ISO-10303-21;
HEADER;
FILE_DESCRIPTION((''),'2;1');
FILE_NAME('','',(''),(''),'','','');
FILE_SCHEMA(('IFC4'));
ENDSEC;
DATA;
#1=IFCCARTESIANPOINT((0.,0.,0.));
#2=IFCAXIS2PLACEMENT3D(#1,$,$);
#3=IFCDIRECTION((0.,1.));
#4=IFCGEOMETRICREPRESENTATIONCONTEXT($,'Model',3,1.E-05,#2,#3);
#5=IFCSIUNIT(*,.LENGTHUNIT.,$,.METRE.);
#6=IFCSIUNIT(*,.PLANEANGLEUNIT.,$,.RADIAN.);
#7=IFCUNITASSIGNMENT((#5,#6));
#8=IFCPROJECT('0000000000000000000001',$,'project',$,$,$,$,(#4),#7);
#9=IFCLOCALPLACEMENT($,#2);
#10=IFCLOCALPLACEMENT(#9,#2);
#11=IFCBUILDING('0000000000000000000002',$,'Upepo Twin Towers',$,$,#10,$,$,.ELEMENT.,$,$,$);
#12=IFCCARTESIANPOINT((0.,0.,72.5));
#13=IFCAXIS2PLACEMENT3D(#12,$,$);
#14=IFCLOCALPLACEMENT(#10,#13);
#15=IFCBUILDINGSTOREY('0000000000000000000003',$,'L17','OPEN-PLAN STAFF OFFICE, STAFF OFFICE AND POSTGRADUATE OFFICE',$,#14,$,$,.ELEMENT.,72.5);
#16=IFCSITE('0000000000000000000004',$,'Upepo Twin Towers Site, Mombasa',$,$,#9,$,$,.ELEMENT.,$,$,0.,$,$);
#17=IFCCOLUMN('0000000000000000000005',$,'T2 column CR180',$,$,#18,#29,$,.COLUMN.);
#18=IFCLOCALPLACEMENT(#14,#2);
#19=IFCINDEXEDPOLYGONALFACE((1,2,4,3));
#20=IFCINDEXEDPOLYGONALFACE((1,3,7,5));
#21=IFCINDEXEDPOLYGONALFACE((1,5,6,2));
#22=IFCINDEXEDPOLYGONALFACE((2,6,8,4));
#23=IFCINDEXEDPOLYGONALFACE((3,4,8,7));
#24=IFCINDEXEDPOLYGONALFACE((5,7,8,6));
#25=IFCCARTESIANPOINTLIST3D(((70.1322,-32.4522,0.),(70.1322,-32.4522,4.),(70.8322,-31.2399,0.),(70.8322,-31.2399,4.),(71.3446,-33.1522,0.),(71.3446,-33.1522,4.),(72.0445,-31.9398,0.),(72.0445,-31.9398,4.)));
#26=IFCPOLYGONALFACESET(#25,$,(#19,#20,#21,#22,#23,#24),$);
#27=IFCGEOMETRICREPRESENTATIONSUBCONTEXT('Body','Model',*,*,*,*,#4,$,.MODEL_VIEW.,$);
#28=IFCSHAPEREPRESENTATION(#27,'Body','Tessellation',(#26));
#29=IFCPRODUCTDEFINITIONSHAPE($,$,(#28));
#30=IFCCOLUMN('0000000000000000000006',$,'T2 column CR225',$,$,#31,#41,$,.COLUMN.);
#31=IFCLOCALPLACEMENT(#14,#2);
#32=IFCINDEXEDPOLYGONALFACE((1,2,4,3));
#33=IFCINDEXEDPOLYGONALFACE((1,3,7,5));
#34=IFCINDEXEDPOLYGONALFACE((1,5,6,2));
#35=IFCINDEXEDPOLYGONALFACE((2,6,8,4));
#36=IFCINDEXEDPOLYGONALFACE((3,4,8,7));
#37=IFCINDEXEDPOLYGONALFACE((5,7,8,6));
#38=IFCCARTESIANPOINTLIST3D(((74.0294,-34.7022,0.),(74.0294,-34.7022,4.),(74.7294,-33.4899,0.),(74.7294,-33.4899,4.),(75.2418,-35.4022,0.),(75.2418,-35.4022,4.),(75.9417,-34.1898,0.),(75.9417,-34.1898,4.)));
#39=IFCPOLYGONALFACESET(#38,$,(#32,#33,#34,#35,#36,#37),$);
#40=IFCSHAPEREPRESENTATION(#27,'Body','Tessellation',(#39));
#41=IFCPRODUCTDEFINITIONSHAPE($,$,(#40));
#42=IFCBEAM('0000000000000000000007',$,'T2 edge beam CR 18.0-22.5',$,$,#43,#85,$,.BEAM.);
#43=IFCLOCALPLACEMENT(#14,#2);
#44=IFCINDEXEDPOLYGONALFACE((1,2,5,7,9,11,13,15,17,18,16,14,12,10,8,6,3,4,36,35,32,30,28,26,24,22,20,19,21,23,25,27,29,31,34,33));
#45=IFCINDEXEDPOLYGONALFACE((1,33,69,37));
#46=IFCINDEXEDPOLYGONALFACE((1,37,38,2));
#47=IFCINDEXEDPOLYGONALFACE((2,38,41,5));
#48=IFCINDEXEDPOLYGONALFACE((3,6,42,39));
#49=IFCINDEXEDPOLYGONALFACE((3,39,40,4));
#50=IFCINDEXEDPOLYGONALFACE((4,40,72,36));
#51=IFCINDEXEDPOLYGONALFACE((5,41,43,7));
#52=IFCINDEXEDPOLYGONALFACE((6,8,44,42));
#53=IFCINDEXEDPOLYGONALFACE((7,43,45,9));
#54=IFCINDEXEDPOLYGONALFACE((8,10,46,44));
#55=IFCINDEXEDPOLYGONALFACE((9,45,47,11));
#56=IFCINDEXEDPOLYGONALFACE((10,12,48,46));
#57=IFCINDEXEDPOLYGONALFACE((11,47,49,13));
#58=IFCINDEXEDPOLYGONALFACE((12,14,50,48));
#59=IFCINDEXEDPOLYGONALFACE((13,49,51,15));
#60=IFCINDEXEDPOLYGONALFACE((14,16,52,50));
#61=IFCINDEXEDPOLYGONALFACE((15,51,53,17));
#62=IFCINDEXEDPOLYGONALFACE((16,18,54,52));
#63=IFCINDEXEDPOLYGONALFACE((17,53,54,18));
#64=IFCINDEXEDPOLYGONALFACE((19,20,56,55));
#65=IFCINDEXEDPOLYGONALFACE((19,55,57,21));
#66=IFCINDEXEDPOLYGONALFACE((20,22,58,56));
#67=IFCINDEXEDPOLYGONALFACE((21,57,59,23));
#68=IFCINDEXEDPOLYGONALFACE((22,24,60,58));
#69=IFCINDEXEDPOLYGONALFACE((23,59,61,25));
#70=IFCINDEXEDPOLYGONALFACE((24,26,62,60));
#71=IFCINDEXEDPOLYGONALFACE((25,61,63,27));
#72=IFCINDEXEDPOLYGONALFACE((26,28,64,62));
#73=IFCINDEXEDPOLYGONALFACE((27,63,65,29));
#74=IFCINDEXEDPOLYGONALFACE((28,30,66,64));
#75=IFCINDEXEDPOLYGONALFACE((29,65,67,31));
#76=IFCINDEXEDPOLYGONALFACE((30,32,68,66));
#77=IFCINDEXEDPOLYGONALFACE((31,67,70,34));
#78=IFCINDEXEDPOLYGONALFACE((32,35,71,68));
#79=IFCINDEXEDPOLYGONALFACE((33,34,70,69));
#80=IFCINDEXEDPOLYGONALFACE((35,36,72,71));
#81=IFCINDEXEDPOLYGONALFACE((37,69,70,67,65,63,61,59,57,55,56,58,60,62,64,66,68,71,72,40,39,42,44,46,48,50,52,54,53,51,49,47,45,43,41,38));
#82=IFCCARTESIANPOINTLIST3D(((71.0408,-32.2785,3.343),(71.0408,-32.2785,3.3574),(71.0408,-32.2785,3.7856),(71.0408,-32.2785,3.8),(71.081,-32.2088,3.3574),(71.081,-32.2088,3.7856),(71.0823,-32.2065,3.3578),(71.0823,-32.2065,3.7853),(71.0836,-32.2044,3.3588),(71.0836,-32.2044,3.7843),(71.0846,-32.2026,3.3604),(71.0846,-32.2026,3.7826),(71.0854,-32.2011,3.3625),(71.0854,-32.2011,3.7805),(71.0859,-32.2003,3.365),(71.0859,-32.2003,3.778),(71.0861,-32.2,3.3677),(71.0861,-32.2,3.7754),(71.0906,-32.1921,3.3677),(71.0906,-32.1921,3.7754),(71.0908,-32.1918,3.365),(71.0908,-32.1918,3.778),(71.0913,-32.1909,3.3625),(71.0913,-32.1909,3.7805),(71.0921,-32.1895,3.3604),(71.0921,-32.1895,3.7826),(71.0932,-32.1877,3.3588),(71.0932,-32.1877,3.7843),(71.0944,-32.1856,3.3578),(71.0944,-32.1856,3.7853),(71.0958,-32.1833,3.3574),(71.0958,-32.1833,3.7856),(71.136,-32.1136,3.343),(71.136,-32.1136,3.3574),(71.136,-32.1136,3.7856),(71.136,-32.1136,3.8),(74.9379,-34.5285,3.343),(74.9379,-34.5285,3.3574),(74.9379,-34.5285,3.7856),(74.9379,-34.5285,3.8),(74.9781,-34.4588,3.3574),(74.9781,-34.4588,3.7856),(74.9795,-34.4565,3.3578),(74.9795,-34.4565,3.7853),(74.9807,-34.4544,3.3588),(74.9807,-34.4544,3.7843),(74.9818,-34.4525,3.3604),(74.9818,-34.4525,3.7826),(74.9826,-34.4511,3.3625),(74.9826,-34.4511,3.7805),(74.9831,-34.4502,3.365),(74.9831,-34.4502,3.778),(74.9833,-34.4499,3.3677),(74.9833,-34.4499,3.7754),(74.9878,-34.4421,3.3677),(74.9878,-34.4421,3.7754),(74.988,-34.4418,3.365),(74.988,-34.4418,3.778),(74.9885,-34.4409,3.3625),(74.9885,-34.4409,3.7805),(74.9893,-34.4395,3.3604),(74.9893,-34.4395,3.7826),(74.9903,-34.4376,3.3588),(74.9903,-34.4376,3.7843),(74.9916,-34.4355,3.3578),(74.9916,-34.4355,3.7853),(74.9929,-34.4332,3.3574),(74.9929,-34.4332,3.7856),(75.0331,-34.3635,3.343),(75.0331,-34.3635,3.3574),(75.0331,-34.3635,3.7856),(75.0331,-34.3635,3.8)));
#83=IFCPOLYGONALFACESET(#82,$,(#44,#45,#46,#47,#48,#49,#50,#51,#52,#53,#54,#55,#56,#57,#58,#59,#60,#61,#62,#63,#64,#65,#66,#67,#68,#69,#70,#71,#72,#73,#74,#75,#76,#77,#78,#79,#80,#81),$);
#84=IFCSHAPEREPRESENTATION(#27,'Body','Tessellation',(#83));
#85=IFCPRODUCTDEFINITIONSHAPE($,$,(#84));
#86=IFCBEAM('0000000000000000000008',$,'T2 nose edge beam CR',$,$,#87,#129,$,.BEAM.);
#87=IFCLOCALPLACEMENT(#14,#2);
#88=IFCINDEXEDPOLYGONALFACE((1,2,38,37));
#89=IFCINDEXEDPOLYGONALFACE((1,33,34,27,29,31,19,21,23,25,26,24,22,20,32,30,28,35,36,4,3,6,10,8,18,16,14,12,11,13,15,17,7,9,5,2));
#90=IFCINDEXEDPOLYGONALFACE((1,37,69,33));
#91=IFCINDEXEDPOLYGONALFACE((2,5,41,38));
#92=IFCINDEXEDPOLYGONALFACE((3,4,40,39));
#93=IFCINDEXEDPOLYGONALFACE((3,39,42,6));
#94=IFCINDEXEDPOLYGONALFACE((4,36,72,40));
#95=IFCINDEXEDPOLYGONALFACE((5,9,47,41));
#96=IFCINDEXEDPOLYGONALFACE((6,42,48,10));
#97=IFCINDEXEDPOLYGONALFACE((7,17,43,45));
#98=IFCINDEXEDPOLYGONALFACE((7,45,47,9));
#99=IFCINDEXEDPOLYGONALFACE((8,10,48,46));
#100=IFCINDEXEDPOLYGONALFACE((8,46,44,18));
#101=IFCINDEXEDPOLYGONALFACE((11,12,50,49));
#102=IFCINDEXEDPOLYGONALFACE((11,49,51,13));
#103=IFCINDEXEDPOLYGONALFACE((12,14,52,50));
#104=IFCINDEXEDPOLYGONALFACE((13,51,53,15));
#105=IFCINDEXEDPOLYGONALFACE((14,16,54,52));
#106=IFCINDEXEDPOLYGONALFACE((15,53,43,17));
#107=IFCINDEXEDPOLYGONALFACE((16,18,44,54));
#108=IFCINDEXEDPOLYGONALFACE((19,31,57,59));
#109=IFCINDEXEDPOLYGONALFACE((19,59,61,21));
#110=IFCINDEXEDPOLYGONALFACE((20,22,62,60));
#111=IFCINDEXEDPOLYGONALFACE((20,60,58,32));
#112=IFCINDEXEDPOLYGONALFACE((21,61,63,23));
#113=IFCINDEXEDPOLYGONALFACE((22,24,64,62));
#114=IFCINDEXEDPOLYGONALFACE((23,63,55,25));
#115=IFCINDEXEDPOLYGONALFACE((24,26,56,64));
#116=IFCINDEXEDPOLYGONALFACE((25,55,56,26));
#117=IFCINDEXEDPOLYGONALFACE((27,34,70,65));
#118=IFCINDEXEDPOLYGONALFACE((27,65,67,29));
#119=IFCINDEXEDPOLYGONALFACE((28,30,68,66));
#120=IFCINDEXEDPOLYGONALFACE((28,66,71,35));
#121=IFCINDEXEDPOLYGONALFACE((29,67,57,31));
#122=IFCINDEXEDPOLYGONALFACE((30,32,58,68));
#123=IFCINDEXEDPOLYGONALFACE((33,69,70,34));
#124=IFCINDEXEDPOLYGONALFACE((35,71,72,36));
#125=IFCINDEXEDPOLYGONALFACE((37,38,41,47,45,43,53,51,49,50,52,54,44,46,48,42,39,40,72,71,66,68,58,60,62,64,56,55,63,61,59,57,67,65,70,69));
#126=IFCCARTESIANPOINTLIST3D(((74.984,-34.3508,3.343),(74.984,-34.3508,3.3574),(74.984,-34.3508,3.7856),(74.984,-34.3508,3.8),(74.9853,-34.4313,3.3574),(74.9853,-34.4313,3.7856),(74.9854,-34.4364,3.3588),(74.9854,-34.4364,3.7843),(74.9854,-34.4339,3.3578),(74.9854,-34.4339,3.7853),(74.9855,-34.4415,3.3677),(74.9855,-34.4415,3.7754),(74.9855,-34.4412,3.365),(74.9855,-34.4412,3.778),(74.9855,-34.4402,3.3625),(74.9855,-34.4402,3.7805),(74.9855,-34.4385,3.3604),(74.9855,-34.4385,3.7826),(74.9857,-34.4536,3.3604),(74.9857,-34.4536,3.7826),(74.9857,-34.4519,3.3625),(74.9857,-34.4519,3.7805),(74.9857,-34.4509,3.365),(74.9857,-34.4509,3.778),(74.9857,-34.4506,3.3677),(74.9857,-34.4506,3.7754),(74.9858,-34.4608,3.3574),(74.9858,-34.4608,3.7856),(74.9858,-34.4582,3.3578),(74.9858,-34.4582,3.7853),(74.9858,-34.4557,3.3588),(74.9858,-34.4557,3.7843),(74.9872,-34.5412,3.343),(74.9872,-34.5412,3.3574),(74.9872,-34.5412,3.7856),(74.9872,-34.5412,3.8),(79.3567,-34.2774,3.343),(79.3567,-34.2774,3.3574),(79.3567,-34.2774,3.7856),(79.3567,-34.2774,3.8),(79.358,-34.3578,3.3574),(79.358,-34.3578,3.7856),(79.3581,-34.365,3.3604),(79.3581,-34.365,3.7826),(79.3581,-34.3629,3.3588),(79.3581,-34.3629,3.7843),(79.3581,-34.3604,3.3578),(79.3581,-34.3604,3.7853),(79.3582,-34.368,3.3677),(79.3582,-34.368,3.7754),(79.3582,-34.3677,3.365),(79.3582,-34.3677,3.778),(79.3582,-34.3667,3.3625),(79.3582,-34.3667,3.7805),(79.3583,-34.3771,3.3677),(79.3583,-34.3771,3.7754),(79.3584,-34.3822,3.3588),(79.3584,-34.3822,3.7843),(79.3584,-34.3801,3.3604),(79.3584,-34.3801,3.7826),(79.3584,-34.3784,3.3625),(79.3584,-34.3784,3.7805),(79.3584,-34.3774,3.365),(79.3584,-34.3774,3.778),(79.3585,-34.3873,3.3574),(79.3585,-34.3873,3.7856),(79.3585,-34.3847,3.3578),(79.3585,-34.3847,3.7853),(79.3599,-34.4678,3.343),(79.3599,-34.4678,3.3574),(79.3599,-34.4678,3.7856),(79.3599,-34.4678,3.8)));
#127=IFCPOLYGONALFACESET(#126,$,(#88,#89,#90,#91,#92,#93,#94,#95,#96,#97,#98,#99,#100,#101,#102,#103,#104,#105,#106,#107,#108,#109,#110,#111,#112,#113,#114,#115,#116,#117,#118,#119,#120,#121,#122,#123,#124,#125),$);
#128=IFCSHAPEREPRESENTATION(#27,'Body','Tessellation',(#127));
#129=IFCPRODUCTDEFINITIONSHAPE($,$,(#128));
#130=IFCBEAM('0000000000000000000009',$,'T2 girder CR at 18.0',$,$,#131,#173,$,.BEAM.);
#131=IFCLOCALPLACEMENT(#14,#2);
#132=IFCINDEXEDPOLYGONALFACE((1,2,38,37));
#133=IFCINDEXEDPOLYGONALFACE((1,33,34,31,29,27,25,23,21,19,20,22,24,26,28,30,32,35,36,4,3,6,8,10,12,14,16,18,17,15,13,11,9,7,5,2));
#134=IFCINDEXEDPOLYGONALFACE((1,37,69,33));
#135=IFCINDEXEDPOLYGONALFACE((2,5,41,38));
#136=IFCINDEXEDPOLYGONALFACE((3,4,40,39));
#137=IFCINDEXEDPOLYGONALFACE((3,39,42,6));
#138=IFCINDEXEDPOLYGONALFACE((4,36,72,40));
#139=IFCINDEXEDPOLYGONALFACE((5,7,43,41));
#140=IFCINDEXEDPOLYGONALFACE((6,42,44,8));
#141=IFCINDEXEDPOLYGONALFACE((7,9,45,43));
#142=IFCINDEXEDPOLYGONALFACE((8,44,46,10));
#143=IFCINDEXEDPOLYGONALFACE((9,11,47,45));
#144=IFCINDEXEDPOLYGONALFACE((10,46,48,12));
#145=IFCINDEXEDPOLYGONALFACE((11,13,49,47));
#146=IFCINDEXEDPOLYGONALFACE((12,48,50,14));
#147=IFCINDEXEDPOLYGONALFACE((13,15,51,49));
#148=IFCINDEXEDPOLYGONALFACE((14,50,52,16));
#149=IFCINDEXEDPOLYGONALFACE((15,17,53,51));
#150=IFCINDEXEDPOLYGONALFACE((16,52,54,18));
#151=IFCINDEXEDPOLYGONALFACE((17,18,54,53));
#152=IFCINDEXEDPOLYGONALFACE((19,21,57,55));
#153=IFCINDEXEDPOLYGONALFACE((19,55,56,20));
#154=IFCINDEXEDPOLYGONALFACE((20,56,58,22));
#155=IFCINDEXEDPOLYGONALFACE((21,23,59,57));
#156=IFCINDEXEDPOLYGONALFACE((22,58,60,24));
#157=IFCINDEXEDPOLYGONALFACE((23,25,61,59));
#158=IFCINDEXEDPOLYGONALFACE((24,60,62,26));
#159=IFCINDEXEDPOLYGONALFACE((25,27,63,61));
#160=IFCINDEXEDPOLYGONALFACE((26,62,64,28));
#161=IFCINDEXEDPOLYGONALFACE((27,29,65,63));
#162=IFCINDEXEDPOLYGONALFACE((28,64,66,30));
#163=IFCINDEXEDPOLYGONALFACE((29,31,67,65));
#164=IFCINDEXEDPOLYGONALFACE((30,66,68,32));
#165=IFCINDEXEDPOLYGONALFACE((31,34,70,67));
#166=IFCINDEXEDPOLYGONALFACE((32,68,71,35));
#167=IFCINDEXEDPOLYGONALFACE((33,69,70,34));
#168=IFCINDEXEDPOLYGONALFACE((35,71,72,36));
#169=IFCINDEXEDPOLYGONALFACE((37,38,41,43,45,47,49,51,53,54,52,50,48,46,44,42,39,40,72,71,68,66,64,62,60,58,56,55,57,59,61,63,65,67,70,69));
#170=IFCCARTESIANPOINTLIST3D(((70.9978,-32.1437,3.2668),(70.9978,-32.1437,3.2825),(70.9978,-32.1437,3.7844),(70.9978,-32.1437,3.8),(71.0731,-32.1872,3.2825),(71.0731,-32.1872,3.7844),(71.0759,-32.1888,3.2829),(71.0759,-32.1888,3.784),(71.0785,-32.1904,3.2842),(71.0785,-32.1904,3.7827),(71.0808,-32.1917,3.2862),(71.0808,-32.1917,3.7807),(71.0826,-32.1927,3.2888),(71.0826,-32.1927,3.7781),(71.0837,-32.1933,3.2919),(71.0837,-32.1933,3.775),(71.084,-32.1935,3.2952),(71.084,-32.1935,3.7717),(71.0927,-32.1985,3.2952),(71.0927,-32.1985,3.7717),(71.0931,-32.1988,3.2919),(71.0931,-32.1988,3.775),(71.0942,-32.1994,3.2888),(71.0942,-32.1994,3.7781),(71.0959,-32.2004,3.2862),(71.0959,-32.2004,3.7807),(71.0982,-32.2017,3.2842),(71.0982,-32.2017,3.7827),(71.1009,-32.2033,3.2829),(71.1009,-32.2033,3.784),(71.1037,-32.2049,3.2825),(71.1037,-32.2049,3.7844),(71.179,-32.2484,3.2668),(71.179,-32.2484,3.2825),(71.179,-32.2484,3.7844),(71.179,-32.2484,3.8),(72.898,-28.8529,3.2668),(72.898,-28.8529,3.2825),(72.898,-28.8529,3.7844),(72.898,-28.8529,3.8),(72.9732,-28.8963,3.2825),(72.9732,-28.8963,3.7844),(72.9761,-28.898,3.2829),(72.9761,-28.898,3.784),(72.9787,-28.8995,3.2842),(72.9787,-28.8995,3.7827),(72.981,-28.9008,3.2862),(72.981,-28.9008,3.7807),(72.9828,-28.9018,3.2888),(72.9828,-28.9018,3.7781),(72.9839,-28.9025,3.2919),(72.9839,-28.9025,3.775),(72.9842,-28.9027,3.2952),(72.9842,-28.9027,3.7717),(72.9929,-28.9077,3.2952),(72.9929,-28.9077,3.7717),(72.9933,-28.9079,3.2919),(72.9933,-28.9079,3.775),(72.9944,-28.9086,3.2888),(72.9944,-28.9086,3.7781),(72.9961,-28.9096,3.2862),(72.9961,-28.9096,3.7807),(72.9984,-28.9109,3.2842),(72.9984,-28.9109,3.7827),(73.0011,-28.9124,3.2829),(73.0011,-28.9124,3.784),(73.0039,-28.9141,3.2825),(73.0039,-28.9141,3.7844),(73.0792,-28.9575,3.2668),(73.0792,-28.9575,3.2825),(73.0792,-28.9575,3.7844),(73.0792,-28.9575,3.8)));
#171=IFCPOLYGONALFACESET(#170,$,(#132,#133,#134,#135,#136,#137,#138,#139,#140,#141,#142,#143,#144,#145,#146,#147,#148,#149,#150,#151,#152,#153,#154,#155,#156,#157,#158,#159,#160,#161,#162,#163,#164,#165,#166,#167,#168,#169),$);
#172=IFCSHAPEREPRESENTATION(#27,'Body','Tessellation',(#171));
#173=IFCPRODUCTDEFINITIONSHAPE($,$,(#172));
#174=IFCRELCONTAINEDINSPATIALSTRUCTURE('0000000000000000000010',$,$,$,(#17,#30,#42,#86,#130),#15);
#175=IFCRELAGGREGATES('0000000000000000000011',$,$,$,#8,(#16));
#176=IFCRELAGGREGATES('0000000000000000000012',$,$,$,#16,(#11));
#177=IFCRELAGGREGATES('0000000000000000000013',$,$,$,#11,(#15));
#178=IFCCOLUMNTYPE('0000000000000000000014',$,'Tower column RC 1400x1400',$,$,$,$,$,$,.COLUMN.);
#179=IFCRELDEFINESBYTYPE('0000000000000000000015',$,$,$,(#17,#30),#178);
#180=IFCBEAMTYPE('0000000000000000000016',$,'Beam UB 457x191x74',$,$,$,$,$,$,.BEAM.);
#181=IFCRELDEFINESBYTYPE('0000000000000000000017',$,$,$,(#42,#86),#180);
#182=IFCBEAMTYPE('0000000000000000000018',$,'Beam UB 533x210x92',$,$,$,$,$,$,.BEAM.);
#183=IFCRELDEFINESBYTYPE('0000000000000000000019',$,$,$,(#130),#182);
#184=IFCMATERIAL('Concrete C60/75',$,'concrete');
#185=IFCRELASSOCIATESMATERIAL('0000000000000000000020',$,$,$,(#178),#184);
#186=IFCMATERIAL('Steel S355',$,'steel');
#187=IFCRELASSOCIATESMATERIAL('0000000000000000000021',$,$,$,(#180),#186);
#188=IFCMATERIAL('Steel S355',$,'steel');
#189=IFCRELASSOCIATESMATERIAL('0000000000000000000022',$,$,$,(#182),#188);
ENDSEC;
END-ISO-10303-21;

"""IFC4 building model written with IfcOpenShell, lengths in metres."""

from ifc_helpers import new_model, si_unit, direction, frame, origin, origin_2d, place, context, subcontext, project, spatial, rectangle, i_section, extrude, material, material_profile, profile_set, type_object, element, save


model = new_model("IFC4")

# Units and contexts
model_context = context("Model", 3, precision=1e-05, world=origin(), true_north=direction((0.0, 1.0)))
body_context = subcontext(model_context, "Body", "Model", "MODEL_VIEW")
ifc_project = project(units=[si_unit("LENGTHUNIT", "METRE"), si_unit("PLANEANGLEUNIT", "RADIAN")], contexts=[model_context])

# Site, building, storey
site_placement = place(None, origin())
site = spatial("IfcSite", under=ifc_project, at=site_placement, Name="Upepo Twin Towers Site, Mombasa", CompositionType="ELEMENT", RefElevation=0.0)
building_placement = place(site_placement, origin())
building = spatial("IfcBuilding", under=site, at=building_placement, Name="Upepo Twin Towers", CompositionType="ELEMENT")
storey_placement = place(building_placement, frame((0.0, 0.0, 72.5)))
storey = spatial("IfcBuildingStorey", under=building, at=storey_placement, Name="L17", Description="OPEN-PLAN STAFF OFFICE, STAFF OFFICE AND POSTGRADUATE OFFICE", CompositionType="ELEMENT", Elevation=72.5)

# Columns
ifc_material_1 = material(Name="Concrete C60/75", Category="concrete")
ifc_material_profile_1 = material_profile(ifc_material_1, rectangle(XDim=1.3999, YDim=1.3999, at=origin_2d()), Name="RC 1400x1400")
ifc_profile_set_1 = profile_set([ifc_material_profile_1], Name="Concrete C60/75")
column_type = type_object("IfcColumnType", Name="Tower column RC 1400x1400", PredefinedType="COLUMN", material=ifc_profile_set_1)
for number, where, z_axis, x_axis, name in (
    (1, (71.0884, -32.196, 0.0), (0.0, 0.0, 1.0), (0.5, 0.866025, 0.0), "T2 column CR180"),
    (2, (74.9856, -34.446, 0.0), (0.0, 0.0, 1.0), (0.5, 0.866025, 0.0), "T2 column CR225"),
):
    element("IfcColumn", number, at=place(storey_placement, frame(where, z_axis=z_axis, x_axis=x_axis)), inside=storey, type_object=column_type, Name=name, PredefinedType="COLUMN", context=body_context, shape_type="SweptSolid", body=[
        extrude(rectangle(XDim=1.3999, YDim=1.3999, at=origin_2d()), origin(), (0.0, 0.0, 1.0), 4.0),
    ])

# Beams
ifc_material_2 = material(Name="Steel S355", Category="steel")
ifc_material_profile_2 = material_profile(ifc_material_2, i_section(OverallWidth=0.1904, OverallDepth=0.457, WebThickness=0.009, FlangeThickness=0.0144, FilletRadius=0.0103, at=origin_2d()), Name="UB 457x191x74")
ifc_profile_set_2 = profile_set([ifc_material_profile_2], Name="Steel S355")
beam_type_1 = type_object("IfcBeamType", Name="Beam UB 457x191x74", PredefinedType="BEAM", material=ifc_profile_set_2)
beam_1_placement = place(storey_placement, frame((71.0884, -32.196, 3.5715), z_axis=(0.866031, -0.49999, 0.0), x_axis=(0.49999, 0.866031, 0.0)))
element("IfcBeam", 3, at=beam_1_placement, inside=storey, type_object=beam_type_1, Name="T2 edge beam CR 18.0-22.5", PredefinedType="BEAM", context=body_context, shape_type="SweptSolid", body=[
    extrude(i_section(OverallWidth=0.1904, OverallDepth=0.457, WebThickness=0.009, FlangeThickness=0.0144, FilletRadius=0.0103, at=origin_2d()), origin(), (0.0, 0.0, 1.0), 4.5),
])
beam_2_placement = place(storey_placement, frame((74.9856, -34.446, 3.5715), z_axis=(0.999859, 0.016804, 0.0), x_axis=(-0.016804, 0.999859, 0.0)))
element("IfcBeam", 4, at=beam_2_placement, inside=storey, type_object=beam_type_1, Name="T2 nose edge beam CR", PredefinedType="BEAM", context=body_context, shape_type="SweptSolid", body=[
    extrude(i_section(OverallWidth=0.1904, OverallDepth=0.457, WebThickness=0.009, FlangeThickness=0.0144, FilletRadius=0.0103, at=origin_2d()), origin(), (0.0, 0.0, 1.0), 4.3733),
])
ifc_material_3 = material(Name="Steel S355", Category="steel")
ifc_material_profile_3 = material_profile(ifc_material_3, i_section(OverallWidth=0.2092, OverallDepth=0.5332, WebThickness=0.01, FlangeThickness=0.0156, FilletRadius=0.0127, at=origin_2d()), Name="UB 533x210x92")
ifc_profile_set_3 = profile_set([ifc_material_profile_3], Name="Steel S355")
beam_type_2 = type_object("IfcBeamType", Name="Beam UB 533x210x92", PredefinedType="BEAM", material=ifc_profile_set_3)
beam_3_placement = place(storey_placement, frame((71.0884, -32.196, 3.5334), z_axis=(0.500043, 0.866, 0.0), x_axis=(-0.866, 0.500043, 0.0)))
element("IfcBeam", 5, at=beam_3_placement, inside=storey, type_object=beam_type_2, Name="T2 girder CR at 18.0", PredefinedType="BEAM", context=body_context, shape_type="SweptSolid", body=[
    extrude(i_section(OverallWidth=0.2092, OverallDepth=0.5332, WebThickness=0.01, FlangeThickness=0.0156, FilletRadius=0.0127, at=origin_2d()), origin(), (0.0, 0.0, 1.0), 3.8),
])

save(model, "model.ifc")
